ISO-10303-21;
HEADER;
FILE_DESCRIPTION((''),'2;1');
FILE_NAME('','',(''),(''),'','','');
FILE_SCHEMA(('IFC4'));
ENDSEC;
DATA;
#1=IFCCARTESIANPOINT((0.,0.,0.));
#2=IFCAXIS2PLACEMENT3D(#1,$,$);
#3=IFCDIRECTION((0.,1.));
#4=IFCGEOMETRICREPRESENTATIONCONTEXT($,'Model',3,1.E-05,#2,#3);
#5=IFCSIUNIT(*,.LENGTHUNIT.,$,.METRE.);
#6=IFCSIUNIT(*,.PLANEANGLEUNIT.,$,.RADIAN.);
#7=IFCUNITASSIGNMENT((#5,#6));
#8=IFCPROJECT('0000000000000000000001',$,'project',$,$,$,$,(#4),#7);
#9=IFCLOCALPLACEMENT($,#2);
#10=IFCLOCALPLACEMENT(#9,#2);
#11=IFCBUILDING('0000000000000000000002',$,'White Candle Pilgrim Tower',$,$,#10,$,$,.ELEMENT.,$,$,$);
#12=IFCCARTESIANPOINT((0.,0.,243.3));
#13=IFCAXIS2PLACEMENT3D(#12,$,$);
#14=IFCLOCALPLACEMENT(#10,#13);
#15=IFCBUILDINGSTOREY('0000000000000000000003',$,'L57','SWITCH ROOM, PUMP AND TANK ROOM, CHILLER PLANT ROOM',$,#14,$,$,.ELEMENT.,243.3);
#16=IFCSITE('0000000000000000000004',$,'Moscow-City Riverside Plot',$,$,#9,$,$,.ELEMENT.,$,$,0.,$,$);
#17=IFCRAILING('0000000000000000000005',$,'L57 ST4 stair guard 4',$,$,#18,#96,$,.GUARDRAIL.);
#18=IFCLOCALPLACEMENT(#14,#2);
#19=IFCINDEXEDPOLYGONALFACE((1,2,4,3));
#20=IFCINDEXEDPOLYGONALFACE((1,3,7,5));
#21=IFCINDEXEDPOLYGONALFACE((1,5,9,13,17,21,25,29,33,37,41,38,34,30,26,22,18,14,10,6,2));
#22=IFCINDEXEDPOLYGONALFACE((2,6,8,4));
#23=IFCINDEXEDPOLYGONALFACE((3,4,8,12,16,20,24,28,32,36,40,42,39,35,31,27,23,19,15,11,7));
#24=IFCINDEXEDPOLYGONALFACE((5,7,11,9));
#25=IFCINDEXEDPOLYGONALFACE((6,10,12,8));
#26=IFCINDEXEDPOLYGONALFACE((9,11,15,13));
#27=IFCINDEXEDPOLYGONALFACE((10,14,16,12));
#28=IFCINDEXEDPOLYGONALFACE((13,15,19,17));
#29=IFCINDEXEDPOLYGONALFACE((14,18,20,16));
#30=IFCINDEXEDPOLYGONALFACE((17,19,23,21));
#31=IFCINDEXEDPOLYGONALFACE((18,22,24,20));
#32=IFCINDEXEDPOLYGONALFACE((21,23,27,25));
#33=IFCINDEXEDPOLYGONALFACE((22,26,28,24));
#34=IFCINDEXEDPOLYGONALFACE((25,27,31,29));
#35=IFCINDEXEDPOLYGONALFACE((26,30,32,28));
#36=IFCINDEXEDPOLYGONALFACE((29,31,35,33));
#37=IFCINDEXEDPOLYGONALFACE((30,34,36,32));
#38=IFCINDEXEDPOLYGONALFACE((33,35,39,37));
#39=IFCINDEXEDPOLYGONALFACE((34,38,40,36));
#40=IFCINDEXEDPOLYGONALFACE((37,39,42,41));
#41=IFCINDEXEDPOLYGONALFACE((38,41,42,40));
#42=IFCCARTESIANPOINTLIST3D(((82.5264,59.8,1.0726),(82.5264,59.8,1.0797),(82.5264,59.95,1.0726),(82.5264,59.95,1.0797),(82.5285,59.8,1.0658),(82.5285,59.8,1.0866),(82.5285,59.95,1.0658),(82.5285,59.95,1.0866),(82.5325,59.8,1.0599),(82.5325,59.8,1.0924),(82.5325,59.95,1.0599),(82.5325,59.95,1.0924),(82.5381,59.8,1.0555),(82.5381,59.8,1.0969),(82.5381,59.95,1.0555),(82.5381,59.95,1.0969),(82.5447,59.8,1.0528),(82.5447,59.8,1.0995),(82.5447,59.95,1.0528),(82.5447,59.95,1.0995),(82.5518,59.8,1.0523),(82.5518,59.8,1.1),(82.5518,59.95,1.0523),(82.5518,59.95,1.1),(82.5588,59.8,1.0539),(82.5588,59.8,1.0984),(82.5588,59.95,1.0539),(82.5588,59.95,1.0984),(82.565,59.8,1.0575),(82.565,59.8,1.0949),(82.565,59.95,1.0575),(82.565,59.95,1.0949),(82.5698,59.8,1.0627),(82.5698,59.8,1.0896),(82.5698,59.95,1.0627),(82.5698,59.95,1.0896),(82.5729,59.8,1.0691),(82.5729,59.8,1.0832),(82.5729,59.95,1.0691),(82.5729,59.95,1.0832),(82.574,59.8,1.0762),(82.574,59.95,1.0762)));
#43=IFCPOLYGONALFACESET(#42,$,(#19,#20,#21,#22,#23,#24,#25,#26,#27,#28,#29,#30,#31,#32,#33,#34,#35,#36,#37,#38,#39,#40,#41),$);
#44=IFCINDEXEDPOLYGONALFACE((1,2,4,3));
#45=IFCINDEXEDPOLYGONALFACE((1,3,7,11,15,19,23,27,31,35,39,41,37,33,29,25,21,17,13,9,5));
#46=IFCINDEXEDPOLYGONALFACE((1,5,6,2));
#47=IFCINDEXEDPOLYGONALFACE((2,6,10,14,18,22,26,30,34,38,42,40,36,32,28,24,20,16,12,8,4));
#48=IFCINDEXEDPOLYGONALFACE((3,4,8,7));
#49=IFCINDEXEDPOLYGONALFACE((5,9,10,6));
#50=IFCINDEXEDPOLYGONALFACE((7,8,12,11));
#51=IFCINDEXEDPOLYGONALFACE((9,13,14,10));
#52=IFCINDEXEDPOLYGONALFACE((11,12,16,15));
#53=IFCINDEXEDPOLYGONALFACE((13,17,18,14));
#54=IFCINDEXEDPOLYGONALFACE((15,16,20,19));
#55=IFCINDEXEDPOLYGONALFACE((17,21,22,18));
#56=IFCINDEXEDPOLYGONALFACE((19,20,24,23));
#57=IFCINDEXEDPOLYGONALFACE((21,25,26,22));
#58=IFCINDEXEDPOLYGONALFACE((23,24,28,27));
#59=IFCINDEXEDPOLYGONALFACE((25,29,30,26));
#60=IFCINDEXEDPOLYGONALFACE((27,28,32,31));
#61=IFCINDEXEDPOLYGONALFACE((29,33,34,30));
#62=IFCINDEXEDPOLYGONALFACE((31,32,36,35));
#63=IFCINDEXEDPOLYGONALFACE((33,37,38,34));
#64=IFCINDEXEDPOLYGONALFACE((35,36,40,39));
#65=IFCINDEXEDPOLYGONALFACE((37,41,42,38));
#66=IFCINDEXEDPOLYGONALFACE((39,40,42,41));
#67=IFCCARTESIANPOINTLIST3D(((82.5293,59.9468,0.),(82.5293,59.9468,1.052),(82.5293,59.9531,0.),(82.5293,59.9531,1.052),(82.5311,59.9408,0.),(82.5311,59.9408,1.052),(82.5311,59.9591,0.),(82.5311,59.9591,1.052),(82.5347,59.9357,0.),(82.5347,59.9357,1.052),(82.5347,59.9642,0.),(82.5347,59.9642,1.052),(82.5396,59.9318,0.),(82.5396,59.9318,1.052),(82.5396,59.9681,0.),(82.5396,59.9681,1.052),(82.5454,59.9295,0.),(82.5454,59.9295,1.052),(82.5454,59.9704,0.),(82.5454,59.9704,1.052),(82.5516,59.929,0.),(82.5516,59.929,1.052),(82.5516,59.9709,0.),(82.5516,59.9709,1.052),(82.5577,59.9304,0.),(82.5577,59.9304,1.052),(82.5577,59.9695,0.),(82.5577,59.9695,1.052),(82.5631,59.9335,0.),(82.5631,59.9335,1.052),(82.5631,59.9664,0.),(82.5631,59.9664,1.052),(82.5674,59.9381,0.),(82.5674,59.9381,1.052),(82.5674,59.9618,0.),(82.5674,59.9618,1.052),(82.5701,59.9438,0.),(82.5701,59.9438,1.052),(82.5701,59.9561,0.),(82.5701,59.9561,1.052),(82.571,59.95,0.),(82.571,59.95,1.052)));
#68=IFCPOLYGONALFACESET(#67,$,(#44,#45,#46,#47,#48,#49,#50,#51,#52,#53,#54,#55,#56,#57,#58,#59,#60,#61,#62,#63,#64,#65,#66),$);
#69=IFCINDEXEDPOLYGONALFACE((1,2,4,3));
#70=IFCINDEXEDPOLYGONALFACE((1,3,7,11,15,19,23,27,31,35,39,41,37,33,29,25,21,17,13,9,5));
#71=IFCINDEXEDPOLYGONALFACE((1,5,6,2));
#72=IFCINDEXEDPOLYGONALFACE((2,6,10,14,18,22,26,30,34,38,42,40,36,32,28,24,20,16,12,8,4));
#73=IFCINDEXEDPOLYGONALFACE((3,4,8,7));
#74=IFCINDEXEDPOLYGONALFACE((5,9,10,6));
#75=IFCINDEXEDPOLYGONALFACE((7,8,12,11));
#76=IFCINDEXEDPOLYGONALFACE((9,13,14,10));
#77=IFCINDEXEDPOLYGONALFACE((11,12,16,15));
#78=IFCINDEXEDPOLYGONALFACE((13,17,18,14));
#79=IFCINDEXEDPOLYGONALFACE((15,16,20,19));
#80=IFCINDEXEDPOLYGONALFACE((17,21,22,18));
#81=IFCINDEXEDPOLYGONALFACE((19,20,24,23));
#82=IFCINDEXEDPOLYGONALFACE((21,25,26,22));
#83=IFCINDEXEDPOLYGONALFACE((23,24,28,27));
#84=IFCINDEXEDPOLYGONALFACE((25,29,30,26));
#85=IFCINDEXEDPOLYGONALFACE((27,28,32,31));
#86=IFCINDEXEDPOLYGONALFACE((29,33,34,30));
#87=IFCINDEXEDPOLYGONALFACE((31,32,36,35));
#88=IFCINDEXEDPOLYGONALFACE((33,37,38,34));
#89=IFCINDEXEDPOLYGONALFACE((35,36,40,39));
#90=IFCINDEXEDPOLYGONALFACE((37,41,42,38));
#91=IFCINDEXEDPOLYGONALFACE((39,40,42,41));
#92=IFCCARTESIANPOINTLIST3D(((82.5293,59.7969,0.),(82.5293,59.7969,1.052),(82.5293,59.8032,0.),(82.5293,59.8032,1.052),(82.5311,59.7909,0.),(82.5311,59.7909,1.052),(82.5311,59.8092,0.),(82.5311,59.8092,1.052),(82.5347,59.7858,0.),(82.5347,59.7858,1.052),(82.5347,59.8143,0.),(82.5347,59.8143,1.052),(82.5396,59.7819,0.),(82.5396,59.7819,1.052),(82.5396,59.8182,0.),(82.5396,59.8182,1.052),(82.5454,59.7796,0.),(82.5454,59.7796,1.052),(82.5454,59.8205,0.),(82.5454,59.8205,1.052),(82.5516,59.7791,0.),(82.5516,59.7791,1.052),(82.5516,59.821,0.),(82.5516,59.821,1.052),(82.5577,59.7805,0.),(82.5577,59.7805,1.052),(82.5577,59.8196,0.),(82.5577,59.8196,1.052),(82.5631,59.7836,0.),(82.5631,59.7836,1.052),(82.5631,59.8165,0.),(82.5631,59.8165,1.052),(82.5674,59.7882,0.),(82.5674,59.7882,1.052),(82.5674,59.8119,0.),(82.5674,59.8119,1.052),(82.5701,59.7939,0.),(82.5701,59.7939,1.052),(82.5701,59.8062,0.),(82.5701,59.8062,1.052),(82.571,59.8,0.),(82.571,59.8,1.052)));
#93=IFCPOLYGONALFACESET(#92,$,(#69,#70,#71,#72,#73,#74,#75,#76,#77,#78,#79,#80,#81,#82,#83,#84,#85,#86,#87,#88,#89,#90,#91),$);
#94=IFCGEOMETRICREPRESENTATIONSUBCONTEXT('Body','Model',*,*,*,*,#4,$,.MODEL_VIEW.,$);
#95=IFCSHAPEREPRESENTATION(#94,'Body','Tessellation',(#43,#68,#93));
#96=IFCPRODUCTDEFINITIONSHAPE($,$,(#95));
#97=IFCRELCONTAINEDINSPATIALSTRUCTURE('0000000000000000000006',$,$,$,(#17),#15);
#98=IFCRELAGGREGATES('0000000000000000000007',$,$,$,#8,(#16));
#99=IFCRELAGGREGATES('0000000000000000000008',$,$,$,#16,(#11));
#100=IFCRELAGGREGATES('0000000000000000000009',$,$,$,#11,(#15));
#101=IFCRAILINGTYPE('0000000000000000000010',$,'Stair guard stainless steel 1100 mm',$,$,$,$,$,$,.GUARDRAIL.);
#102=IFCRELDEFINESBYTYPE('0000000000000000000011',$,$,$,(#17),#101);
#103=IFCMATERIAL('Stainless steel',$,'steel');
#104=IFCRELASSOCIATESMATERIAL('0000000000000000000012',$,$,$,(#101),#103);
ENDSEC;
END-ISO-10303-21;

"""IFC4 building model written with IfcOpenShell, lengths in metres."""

from ifc_helpers import new_model, si_unit, direction, frame, origin, origin_2d, place, context, subcontext, project, spatial, circle, extrude, material, type_object, element, save


model = new_model("IFC4")

# Units and contexts
model_context = context("Model", 3, precision=1e-05, world=origin(), true_north=direction((0.0, 1.0)))
body_context = subcontext(model_context, "Body", "Model", "MODEL_VIEW")
ifc_project = project(units=[si_unit("LENGTHUNIT", "METRE"), si_unit("PLANEANGLEUNIT", "RADIAN")], contexts=[model_context])

# Site, building, storey
site_placement = place(None, origin())
site = spatial("IfcSite", under=ifc_project, at=site_placement, Name="Moscow-City Riverside Plot", CompositionType="ELEMENT", RefElevation=0.0)
building_placement = place(site_placement, origin())
building = spatial("IfcBuilding", under=site, at=building_placement, Name="White Candle Pilgrim Tower", CompositionType="ELEMENT")
storey_placement = place(building_placement, frame((0.0, 0.0, 243.3)))
storey = spatial("IfcBuildingStorey", under=building, at=storey_placement, Name="L57", Description="SWITCH ROOM, PUMP AND TANK ROOM, CHILLER PLANT ROOM", CompositionType="ELEMENT", Elevation=243.3)

# Railing
ifc_material_1 = material(Name="Stainless steel", Category="steel")
railing_type_1 = type_object("IfcRailingType", Name="Stair guard stainless steel 1100 mm", PredefinedType="GUARDRAIL", material=ifc_material_1)
railing_1_placement = place(storey_placement, frame((82.55, 59.95, 0.0)))
element("IfcRailing", 1, at=railing_1_placement, inside=storey, type_object=railing_type_1, Name="L57 ST4 stair guard 4", PredefinedType="GUARDRAIL", context=body_context, shape_type="SweptSolid", body=[
    extrude(circle(Radius=0.0239, at=origin_2d()), frame((0.0, 0.0, 1.0762), z_axis=(0.0, -1.0, 0.0), x_axis=(1.0, 0.0, 0.0)), (0.0, 0.0, 1.0), 0.1499),
    extrude(circle(Radius=0.021, at=origin_2d()), origin(), (0.0, 0.0, 1.0), 1.052),
    extrude(circle(Radius=0.021, at=origin_2d()), frame((0.0, -0.1499, 0.0)), (0.0, 0.0, 1.0), 1.052),
])

save(model, "model.ifc")
